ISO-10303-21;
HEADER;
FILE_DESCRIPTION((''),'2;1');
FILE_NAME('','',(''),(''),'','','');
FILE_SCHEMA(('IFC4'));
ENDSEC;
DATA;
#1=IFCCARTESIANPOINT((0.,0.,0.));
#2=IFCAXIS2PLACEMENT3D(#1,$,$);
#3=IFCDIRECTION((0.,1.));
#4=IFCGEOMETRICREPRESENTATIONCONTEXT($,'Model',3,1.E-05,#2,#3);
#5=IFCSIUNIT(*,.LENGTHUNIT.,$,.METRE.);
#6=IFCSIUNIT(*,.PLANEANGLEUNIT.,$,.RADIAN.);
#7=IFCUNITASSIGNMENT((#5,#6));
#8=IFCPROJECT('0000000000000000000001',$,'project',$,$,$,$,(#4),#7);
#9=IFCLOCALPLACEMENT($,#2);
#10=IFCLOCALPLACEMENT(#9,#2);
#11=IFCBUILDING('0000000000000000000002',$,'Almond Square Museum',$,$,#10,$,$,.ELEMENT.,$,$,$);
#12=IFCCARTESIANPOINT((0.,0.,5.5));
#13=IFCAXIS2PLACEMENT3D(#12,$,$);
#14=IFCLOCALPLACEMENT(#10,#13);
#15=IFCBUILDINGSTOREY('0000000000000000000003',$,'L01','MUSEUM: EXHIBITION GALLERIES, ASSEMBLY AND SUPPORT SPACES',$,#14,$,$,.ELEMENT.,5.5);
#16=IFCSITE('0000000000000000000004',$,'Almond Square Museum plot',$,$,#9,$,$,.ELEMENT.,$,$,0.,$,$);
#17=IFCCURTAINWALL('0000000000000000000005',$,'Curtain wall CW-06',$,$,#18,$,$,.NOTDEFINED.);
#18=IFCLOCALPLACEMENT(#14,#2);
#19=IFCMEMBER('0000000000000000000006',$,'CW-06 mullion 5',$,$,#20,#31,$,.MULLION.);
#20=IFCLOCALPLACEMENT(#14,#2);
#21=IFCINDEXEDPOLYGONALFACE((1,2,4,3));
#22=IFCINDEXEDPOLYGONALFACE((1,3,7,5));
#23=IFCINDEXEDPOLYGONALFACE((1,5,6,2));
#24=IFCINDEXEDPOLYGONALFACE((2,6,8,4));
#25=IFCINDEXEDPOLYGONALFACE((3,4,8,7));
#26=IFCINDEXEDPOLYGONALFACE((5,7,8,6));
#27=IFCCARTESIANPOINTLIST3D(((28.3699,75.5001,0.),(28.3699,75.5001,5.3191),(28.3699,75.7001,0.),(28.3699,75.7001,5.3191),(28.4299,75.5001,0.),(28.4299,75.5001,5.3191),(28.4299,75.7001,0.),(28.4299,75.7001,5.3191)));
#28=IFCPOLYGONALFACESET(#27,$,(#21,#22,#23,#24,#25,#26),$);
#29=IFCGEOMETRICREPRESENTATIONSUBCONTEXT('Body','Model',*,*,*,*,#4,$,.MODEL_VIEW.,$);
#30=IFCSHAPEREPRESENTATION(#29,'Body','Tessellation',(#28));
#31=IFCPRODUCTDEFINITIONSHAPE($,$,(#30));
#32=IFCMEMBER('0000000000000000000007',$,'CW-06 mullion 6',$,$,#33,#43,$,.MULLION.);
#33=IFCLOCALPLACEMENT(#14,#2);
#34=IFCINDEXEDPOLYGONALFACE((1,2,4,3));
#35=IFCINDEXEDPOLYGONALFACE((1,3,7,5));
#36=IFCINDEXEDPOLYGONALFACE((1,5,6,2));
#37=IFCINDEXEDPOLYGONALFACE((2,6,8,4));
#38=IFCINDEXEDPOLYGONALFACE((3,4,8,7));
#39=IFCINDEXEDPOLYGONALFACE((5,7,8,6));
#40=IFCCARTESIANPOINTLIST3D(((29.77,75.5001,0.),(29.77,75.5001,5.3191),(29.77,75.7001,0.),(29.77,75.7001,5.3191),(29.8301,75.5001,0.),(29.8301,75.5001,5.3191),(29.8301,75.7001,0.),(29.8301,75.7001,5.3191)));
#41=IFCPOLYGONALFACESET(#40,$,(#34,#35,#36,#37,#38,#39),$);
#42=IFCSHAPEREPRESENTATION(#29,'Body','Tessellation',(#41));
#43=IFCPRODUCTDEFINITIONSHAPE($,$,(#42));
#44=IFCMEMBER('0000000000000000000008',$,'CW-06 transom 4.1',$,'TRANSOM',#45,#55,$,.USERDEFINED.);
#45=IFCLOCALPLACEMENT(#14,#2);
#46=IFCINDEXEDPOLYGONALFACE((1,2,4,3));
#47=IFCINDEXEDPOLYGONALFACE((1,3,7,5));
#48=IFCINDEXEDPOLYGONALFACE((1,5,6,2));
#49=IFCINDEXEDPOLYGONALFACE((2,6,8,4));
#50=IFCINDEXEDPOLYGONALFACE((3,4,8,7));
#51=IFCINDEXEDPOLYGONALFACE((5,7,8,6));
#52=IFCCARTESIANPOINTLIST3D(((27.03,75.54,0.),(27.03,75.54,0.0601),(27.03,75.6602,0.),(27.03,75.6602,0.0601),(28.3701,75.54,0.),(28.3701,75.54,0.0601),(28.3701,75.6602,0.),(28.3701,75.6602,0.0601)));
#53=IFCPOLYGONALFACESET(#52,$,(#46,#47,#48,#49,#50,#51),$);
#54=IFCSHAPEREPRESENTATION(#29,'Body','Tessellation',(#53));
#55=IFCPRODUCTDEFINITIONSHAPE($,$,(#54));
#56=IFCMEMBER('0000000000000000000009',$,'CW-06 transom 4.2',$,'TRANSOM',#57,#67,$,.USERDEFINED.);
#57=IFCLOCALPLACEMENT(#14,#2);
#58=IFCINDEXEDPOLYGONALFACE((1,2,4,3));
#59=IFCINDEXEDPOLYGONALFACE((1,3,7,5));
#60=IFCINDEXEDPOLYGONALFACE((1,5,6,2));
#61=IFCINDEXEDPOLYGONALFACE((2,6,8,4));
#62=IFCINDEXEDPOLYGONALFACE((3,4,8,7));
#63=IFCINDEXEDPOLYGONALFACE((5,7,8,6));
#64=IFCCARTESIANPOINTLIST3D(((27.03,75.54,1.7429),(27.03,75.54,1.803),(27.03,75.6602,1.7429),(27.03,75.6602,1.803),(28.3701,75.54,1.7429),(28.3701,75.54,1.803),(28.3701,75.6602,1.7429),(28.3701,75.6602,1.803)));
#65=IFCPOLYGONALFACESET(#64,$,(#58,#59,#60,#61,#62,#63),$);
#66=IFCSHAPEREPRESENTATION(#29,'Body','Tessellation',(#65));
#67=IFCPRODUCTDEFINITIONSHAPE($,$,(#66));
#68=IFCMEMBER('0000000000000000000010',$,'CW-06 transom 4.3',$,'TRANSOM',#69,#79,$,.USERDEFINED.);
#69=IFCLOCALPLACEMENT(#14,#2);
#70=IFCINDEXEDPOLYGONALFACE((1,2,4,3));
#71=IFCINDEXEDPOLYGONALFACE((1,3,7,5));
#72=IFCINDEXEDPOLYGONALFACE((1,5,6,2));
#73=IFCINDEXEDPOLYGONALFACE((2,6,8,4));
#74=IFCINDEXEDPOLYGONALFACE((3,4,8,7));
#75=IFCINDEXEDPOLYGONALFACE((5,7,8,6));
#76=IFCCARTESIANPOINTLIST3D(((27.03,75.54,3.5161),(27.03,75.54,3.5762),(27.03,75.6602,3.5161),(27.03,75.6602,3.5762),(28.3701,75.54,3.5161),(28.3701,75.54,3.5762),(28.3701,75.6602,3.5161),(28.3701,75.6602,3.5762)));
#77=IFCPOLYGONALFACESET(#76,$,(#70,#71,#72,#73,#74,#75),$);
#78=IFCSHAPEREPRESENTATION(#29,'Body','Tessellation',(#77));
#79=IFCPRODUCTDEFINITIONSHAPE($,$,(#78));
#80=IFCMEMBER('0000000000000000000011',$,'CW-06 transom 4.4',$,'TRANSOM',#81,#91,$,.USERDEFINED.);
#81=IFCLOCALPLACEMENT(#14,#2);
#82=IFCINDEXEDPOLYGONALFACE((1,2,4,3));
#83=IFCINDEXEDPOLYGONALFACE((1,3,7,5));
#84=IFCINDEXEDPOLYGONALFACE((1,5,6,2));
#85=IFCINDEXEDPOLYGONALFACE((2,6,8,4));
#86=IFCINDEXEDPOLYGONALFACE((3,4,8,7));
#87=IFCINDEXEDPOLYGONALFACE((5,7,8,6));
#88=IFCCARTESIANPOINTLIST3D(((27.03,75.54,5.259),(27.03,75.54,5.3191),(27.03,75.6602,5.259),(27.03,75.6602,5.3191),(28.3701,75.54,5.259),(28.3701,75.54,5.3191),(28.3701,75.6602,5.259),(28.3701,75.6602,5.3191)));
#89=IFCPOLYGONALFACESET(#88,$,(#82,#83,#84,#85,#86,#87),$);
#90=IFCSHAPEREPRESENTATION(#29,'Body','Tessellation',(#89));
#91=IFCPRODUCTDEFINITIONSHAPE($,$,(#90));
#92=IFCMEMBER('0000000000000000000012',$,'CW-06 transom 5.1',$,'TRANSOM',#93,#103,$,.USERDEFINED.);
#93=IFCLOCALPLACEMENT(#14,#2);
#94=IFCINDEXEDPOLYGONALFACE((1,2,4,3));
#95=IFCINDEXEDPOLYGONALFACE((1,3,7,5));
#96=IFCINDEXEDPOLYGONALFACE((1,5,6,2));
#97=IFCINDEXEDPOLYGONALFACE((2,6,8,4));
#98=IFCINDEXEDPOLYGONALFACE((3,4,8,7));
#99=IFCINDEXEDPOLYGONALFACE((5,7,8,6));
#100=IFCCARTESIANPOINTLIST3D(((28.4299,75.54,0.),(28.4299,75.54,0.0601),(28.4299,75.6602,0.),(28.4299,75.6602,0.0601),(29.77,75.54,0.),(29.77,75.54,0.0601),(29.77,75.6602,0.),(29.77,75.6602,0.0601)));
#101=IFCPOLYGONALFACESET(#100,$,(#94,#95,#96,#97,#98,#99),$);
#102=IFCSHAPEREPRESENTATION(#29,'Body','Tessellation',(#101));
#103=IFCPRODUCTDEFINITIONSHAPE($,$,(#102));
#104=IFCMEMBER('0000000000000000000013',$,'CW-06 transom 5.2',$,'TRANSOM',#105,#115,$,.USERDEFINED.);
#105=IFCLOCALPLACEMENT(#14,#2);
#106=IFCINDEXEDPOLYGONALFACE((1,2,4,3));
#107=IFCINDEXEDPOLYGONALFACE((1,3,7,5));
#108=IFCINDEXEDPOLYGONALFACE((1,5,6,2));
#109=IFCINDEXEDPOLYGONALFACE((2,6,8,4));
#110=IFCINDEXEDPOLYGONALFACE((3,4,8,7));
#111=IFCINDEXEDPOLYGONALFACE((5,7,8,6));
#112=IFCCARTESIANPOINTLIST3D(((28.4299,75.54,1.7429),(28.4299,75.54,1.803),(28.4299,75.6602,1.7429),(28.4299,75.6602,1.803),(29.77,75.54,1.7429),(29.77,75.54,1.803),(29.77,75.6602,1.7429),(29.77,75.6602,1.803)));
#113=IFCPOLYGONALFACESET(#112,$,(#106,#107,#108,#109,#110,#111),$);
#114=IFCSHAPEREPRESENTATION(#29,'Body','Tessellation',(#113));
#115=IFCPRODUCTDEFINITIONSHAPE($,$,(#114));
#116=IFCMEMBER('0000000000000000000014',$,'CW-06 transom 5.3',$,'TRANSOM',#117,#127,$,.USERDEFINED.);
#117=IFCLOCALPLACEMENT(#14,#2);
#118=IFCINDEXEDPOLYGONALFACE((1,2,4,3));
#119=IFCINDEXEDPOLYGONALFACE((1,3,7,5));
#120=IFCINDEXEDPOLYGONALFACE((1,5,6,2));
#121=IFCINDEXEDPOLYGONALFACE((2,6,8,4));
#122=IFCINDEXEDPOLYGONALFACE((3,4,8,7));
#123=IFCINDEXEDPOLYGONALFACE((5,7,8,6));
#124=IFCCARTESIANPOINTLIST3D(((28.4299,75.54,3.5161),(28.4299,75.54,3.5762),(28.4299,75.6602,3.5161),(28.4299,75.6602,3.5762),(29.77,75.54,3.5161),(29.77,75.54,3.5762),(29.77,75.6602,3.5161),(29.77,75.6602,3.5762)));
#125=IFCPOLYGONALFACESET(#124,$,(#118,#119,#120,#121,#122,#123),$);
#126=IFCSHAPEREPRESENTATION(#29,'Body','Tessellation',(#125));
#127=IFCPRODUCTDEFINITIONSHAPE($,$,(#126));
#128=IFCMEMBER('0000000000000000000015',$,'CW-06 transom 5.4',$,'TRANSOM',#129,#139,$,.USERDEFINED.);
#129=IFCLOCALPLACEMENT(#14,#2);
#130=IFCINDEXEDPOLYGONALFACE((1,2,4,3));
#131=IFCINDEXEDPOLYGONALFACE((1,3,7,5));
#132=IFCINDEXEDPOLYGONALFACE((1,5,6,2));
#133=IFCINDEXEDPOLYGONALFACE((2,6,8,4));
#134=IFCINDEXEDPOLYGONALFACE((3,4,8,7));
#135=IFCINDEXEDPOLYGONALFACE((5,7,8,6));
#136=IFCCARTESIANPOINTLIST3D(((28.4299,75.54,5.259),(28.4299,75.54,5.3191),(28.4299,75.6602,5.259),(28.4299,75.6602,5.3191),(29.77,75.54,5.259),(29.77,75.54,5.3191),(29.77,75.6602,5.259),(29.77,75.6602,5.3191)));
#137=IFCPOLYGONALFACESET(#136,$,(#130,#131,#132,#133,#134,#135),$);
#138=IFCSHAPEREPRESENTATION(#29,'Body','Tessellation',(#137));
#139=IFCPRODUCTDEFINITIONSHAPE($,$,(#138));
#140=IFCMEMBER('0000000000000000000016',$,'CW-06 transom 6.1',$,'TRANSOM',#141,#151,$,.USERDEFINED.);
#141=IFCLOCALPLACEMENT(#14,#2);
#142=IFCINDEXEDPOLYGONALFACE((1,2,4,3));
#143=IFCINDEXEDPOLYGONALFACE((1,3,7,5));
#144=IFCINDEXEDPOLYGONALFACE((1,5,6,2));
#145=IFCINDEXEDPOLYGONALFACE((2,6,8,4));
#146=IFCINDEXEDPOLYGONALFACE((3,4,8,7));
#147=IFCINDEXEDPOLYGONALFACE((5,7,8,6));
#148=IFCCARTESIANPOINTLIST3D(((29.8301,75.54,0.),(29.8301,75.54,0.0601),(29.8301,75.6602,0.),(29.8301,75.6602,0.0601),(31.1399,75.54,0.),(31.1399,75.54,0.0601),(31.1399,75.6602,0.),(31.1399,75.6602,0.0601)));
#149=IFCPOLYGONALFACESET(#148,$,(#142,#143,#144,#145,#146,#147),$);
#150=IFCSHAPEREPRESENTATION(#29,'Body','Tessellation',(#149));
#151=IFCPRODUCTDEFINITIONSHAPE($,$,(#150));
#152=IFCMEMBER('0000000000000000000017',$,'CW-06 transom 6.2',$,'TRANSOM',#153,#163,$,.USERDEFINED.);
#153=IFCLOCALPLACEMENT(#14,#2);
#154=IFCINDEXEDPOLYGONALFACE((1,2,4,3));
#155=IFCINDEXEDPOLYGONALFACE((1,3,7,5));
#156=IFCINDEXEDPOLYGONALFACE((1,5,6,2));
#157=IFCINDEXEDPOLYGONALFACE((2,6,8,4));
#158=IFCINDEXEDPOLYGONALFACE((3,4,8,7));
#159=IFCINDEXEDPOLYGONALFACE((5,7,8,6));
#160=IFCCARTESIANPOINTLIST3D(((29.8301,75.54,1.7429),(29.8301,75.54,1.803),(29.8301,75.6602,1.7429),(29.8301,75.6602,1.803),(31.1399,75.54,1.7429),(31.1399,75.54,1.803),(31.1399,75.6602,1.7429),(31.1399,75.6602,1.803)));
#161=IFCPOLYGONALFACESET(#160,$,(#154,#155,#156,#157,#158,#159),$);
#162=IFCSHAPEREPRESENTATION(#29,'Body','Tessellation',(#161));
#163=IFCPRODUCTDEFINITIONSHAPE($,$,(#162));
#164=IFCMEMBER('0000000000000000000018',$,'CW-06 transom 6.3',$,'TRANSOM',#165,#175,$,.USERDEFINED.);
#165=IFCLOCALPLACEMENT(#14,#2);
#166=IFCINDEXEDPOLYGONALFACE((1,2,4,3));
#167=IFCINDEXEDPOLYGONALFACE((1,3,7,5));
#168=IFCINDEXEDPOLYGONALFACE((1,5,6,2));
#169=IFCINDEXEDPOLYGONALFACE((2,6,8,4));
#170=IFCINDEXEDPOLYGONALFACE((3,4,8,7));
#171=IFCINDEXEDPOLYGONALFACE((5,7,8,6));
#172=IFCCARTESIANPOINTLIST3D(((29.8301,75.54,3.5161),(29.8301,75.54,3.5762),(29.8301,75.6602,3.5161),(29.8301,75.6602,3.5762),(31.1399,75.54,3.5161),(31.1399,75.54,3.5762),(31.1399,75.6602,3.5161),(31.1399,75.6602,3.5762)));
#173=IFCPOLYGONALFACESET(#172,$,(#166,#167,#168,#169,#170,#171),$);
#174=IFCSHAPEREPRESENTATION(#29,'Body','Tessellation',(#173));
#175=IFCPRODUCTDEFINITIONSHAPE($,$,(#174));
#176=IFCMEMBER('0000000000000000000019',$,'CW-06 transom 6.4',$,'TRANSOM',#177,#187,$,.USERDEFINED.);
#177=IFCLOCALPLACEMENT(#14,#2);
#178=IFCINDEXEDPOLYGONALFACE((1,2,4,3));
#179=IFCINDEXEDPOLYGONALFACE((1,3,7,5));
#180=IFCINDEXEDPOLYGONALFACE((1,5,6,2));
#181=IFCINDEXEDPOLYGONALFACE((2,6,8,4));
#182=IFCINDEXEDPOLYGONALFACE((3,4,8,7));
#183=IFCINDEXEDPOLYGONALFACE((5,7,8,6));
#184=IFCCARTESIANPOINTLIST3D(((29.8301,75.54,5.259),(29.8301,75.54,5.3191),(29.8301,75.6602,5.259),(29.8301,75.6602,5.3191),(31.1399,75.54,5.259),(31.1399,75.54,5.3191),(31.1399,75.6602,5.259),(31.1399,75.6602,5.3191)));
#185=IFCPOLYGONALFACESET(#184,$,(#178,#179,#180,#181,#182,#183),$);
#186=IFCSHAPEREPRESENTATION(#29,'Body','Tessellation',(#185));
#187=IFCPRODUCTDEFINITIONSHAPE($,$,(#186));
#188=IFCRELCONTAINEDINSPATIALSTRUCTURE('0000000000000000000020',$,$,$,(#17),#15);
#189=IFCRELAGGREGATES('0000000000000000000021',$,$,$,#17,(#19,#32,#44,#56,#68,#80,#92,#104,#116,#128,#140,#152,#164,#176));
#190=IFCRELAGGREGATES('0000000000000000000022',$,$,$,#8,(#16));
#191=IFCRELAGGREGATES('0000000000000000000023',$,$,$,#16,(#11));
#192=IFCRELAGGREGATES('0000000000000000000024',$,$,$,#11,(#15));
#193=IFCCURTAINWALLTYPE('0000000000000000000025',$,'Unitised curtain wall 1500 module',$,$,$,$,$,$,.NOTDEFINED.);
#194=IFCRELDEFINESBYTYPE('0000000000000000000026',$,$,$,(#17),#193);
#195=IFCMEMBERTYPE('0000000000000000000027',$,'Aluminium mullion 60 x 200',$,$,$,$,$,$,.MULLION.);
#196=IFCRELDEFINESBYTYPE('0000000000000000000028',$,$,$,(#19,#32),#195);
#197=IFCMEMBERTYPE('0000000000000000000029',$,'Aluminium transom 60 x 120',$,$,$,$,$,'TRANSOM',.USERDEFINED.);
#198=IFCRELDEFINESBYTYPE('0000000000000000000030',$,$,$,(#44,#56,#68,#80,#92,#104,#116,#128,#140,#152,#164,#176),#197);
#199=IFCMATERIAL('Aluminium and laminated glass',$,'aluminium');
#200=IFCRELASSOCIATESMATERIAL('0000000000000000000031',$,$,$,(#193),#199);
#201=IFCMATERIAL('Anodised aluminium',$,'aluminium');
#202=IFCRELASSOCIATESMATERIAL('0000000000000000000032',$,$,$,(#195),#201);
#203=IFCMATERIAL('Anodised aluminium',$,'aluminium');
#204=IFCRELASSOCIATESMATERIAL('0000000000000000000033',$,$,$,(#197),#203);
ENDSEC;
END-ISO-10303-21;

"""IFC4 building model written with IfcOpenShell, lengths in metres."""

from ifc_helpers import new_model, si_unit, direction, frame, origin, origin_2d, place, context, subcontext, project, spatial, rectangle, extrude, material, material_profile, profile_set, type_object, element, aggregate, save


model = new_model("IFC4")

# Units and contexts
model_context = context("Model", 3, precision=1e-05, world=origin(), true_north=direction((0.0, 1.0)))
body_context = subcontext(model_context, "Body", "Model", "MODEL_VIEW")
ifc_project = project(units=[si_unit("LENGTHUNIT", "METRE"), si_unit("PLANEANGLEUNIT", "RADIAN")], contexts=[model_context])

# Site, building, storey
site_placement = place(None, origin())
site = spatial("IfcSite", under=ifc_project, at=site_placement, Name="Almond Square Museum plot", CompositionType="ELEMENT", RefElevation=0.0)
building_placement = place(site_placement, origin())
building = spatial("IfcBuilding", under=site, at=building_placement, Name="Almond Square Museum", CompositionType="ELEMENT")
storey_placement = place(building_placement, frame((0.0, 0.0, 5.5)))
storey = spatial("IfcBuildingStorey", under=building, at=storey_placement, Name="L01", Description="MUSEUM: EXHIBITION GALLERIES, ASSEMBLY AND SUPPORT SPACES", CompositionType="ELEMENT", Elevation=5.5)

# Curtain wall, members
ifc_material_1 = material(Name="Aluminium and laminated glass", Category="aluminium")
curtain_wall_type = type_object("IfcCurtainWallType", Name="Unitised curtain wall 1500 module", PredefinedType="NOTDEFINED", material=ifc_material_1)
curtain_wall_placement = place(storey_placement, origin())
curtain_wall = element("IfcCurtainWall", 1, at=curtain_wall_placement, inside=storey, type_object=curtain_wall_type, Name="Curtain wall CW-06", PredefinedType="NOTDEFINED")
ifc_material_2 = material(Name="Anodised aluminium", Category="aluminium")
ifc_material_profile_1 = material_profile(ifc_material_2, rectangle(XDim=0.2, YDim=0.0601, at=origin_2d()))
ifc_profile_set_1 = profile_set([ifc_material_profile_1], Name="Anodised aluminium")
member_type_1 = type_object("IfcMemberType", Name="Aluminium mullion 60 x 200", PredefinedType="MULLION", material=ifc_profile_set_1)
member_1_placement = place(storey_placement, frame((28.3999, 75.6001, 0.0), z_axis=(0.0, 0.0, 1.0), x_axis=(0.0, 1.0, 0.0)))
member_1 = element("IfcMember", 2, at=member_1_placement, type_object=member_type_1, Name="CW-06 mullion 5", PredefinedType="MULLION", context=body_context, shape_type="SweptSolid", body=[
    extrude(rectangle(XDim=0.2, YDim=0.0601, at=origin_2d()), origin(), (0.0, 0.0, 1.0), 5.3191),
])
member_2_placement = place(storey_placement, frame((29.8, 75.6001, 0.0), z_axis=(0.0, 0.0, 1.0), x_axis=(0.0, 1.0, 0.0)))
member_2 = element("IfcMember", 3, at=member_2_placement, type_object=member_type_1, Name="CW-06 mullion 6", PredefinedType="MULLION", context=body_context, shape_type="SweptSolid", body=[
    extrude(rectangle(XDim=0.2, YDim=0.0601, at=origin_2d()), origin(), (0.0, 0.0, 1.0), 5.3191),
])
ifc_material_3 = material(Name="Anodised aluminium", Category="aluminium")
ifc_material_profile_2 = material_profile(ifc_material_3, rectangle(XDim=0.1201, YDim=0.0601, at=origin_2d()))
ifc_profile_set_2 = profile_set([ifc_material_profile_2], Name="Anodised aluminium")
member_type_2 = type_object("IfcMemberType", Name="Aluminium transom 60 x 120", ElementType="TRANSOM", PredefinedType="USERDEFINED", material=ifc_profile_set_2)
member_3_placement = place(storey_placement, frame((27.03, 75.6001, 0.03), z_axis=(1.0, 0.0, 0.0), x_axis=(0.0, 1.0, 0.0)))
member_3 = element("IfcMember", 4, at=member_3_placement, type_object=member_type_2, Name="CW-06 transom 4.1", ObjectType="TRANSOM", PredefinedType="USERDEFINED", context=body_context, shape_type="SweptSolid", body=[
    extrude(rectangle(XDim=0.1201, YDim=0.0601, at=origin_2d()), origin(), (0.0, 0.0, 1.0), 1.3401),
])
member_4_placement = place(storey_placement, frame((27.03, 75.6001, 1.7729), z_axis=(1.0, 0.0, 0.0), x_axis=(0.0, 1.0, 0.0)))
member_4 = element("IfcMember", 5, at=member_4_placement, type_object=member_type_2, Name="CW-06 transom 4.2", ObjectType="TRANSOM", PredefinedType="USERDEFINED", context=body_context, shape_type="SweptSolid", body=[
    extrude(rectangle(XDim=0.1201, YDim=0.0601, at=origin_2d()), origin(), (0.0, 0.0, 1.0), 1.3401),
])
member_5_placement = place(storey_placement, frame((27.03, 75.6001, 3.5461), z_axis=(1.0, 0.0, 0.0), x_axis=(0.0, 1.0, 0.0)))
member_5 = element("IfcMember", 6, at=member_5_placement, type_object=member_type_2, Name="CW-06 transom 4.3", ObjectType="TRANSOM", PredefinedType="USERDEFINED", context=body_context, shape_type="SweptSolid", body=[
    extrude(rectangle(XDim=0.1201, YDim=0.0601, at=origin_2d()), origin(), (0.0, 0.0, 1.0), 1.3401),
])
member_6_placement = place(storey_placement, frame((27.03, 75.6001, 5.2891), z_axis=(1.0, 0.0, 0.0), x_axis=(0.0, 1.0, 0.0)))
member_6 = element("IfcMember", 7, at=member_6_placement, type_object=member_type_2, Name="CW-06 transom 4.4", ObjectType="TRANSOM", PredefinedType="USERDEFINED", context=body_context, shape_type="SweptSolid", body=[
    extrude(rectangle(XDim=0.1201, YDim=0.0601, at=origin_2d()), origin(), (0.0, 0.0, 1.0), 1.3401),
])
member_7_placement = place(storey_placement, frame((28.4299, 75.6001, 0.03), z_axis=(1.0, 0.0, 0.0), x_axis=(0.0, 1.0, 0.0)))
member_7 = element("IfcMember", 8, at=member_7_placement, type_object=member_type_2, Name="CW-06 transom 5.1", ObjectType="TRANSOM", PredefinedType="USERDEFINED", context=body_context, shape_type="SweptSolid", body=[
    extrude(rectangle(XDim=0.1201, YDim=0.0601, at=origin_2d()), origin(), (0.0, 0.0, 1.0), 1.3401),
])
member_8_placement = place(storey_placement, frame((28.4299, 75.6001, 1.7729), z_axis=(1.0, 0.0, 0.0), x_axis=(0.0, 1.0, 0.0)))
member_8 = element("IfcMember", 9, at=member_8_placement, type_object=member_type_2, Name="CW-06 transom 5.2", ObjectType="TRANSOM", PredefinedType="USERDEFINED", context=body_context, shape_type="SweptSolid", body=[
    extrude(rectangle(XDim=0.1201, YDim=0.0601, at=origin_2d()), origin(), (0.0, 0.0, 1.0), 1.3401),
])
member_9_placement = place(storey_placement, frame((28.4299, 75.6001, 3.5461), z_axis=(1.0, 0.0, 0.0), x_axis=(0.0, 1.0, 0.0)))
member_9 = element("IfcMember", 10, at=member_9_placement, type_object=member_type_2, Name="CW-06 transom 5.3", ObjectType="TRANSOM", PredefinedType="USERDEFINED", context=body_context, shape_type="SweptSolid", body=[
    extrude(rectangle(XDim=0.1201, YDim=0.0601, at=origin_2d()), origin(), (0.0, 0.0, 1.0), 1.3401),
])
member_10_placement = place(storey_placement, frame((28.4299, 75.6001, 5.2891), z_axis=(1.0, 0.0, 0.0), x_axis=(0.0, 1.0, 0.0)))
member_10 = element("IfcMember", 11, at=member_10_placement, type_object=member_type_2, Name="CW-06 transom 5.4", ObjectType="TRANSOM", PredefinedType="USERDEFINED", context=body_context, shape_type="SweptSolid", body=[
    extrude(rectangle(XDim=0.1201, YDim=0.0601, at=origin_2d()), origin(), (0.0, 0.0, 1.0), 1.3401),
])
member_11_placement = place(storey_placement, frame((29.8301, 75.6001, 0.03), z_axis=(1.0, 0.0, 0.0), x_axis=(0.0, 1.0, 0.0)))
member_11 = element("IfcMember", 12, at=member_11_placement, type_object=member_type_2, Name="CW-06 transom 6.1", ObjectType="TRANSOM", PredefinedType="USERDEFINED", context=body_context, shape_type="SweptSolid", body=[
    extrude(rectangle(XDim=0.1201, YDim=0.0601, at=origin_2d()), origin(), (0.0, 0.0, 1.0), 1.3098),
])
member_12_placement = place(storey_placement, frame((29.8301, 75.6001, 1.7729), z_axis=(1.0, 0.0, 0.0), x_axis=(0.0, 1.0, 0.0)))
member_12 = element("IfcMember", 13, at=member_12_placement, type_object=member_type_2, Name="CW-06 transom 6.2", ObjectType="TRANSOM", PredefinedType="USERDEFINED", context=body_context, shape_type="SweptSolid", body=[
    extrude(rectangle(XDim=0.1201, YDim=0.0601, at=origin_2d()), origin(), (0.0, 0.0, 1.0), 1.3098),
])
member_13_placement = place(storey_placement, frame((29.8301, 75.6001, 3.5461), z_axis=(1.0, 0.0, 0.0), x_axis=(0.0, 1.0, 0.0)))
member_13 = element("IfcMember", 14, at=member_13_placement, type_object=member_type_2, Name="CW-06 transom 6.3", ObjectType="TRANSOM", PredefinedType="USERDEFINED", context=body_context, shape_type="SweptSolid", body=[
    extrude(rectangle(XDim=0.1201, YDim=0.0601, at=origin_2d()), origin(), (0.0, 0.0, 1.0), 1.3098),
])
member_14_placement = place(storey_placement, frame((29.8301, 75.6001, 5.2891), z_axis=(1.0, 0.0, 0.0), x_axis=(0.0, 1.0, 0.0)))
member_14 = element("IfcMember", 15, at=member_14_placement, type_object=member_type_2, Name="CW-06 transom 6.4", ObjectType="TRANSOM", PredefinedType="USERDEFINED", context=body_context, shape_type="SweptSolid", body=[
    extrude(rectangle(XDim=0.1201, YDim=0.0601, at=origin_2d()), origin(), (0.0, 0.0, 1.0), 1.3098),
])
aggregate(curtain_wall, [member_1, member_2, member_3, member_4, member_5, member_6, member_7, member_8, member_9, member_10, member_11, member_12, member_13, member_14])

save(model, "model.ifc")
